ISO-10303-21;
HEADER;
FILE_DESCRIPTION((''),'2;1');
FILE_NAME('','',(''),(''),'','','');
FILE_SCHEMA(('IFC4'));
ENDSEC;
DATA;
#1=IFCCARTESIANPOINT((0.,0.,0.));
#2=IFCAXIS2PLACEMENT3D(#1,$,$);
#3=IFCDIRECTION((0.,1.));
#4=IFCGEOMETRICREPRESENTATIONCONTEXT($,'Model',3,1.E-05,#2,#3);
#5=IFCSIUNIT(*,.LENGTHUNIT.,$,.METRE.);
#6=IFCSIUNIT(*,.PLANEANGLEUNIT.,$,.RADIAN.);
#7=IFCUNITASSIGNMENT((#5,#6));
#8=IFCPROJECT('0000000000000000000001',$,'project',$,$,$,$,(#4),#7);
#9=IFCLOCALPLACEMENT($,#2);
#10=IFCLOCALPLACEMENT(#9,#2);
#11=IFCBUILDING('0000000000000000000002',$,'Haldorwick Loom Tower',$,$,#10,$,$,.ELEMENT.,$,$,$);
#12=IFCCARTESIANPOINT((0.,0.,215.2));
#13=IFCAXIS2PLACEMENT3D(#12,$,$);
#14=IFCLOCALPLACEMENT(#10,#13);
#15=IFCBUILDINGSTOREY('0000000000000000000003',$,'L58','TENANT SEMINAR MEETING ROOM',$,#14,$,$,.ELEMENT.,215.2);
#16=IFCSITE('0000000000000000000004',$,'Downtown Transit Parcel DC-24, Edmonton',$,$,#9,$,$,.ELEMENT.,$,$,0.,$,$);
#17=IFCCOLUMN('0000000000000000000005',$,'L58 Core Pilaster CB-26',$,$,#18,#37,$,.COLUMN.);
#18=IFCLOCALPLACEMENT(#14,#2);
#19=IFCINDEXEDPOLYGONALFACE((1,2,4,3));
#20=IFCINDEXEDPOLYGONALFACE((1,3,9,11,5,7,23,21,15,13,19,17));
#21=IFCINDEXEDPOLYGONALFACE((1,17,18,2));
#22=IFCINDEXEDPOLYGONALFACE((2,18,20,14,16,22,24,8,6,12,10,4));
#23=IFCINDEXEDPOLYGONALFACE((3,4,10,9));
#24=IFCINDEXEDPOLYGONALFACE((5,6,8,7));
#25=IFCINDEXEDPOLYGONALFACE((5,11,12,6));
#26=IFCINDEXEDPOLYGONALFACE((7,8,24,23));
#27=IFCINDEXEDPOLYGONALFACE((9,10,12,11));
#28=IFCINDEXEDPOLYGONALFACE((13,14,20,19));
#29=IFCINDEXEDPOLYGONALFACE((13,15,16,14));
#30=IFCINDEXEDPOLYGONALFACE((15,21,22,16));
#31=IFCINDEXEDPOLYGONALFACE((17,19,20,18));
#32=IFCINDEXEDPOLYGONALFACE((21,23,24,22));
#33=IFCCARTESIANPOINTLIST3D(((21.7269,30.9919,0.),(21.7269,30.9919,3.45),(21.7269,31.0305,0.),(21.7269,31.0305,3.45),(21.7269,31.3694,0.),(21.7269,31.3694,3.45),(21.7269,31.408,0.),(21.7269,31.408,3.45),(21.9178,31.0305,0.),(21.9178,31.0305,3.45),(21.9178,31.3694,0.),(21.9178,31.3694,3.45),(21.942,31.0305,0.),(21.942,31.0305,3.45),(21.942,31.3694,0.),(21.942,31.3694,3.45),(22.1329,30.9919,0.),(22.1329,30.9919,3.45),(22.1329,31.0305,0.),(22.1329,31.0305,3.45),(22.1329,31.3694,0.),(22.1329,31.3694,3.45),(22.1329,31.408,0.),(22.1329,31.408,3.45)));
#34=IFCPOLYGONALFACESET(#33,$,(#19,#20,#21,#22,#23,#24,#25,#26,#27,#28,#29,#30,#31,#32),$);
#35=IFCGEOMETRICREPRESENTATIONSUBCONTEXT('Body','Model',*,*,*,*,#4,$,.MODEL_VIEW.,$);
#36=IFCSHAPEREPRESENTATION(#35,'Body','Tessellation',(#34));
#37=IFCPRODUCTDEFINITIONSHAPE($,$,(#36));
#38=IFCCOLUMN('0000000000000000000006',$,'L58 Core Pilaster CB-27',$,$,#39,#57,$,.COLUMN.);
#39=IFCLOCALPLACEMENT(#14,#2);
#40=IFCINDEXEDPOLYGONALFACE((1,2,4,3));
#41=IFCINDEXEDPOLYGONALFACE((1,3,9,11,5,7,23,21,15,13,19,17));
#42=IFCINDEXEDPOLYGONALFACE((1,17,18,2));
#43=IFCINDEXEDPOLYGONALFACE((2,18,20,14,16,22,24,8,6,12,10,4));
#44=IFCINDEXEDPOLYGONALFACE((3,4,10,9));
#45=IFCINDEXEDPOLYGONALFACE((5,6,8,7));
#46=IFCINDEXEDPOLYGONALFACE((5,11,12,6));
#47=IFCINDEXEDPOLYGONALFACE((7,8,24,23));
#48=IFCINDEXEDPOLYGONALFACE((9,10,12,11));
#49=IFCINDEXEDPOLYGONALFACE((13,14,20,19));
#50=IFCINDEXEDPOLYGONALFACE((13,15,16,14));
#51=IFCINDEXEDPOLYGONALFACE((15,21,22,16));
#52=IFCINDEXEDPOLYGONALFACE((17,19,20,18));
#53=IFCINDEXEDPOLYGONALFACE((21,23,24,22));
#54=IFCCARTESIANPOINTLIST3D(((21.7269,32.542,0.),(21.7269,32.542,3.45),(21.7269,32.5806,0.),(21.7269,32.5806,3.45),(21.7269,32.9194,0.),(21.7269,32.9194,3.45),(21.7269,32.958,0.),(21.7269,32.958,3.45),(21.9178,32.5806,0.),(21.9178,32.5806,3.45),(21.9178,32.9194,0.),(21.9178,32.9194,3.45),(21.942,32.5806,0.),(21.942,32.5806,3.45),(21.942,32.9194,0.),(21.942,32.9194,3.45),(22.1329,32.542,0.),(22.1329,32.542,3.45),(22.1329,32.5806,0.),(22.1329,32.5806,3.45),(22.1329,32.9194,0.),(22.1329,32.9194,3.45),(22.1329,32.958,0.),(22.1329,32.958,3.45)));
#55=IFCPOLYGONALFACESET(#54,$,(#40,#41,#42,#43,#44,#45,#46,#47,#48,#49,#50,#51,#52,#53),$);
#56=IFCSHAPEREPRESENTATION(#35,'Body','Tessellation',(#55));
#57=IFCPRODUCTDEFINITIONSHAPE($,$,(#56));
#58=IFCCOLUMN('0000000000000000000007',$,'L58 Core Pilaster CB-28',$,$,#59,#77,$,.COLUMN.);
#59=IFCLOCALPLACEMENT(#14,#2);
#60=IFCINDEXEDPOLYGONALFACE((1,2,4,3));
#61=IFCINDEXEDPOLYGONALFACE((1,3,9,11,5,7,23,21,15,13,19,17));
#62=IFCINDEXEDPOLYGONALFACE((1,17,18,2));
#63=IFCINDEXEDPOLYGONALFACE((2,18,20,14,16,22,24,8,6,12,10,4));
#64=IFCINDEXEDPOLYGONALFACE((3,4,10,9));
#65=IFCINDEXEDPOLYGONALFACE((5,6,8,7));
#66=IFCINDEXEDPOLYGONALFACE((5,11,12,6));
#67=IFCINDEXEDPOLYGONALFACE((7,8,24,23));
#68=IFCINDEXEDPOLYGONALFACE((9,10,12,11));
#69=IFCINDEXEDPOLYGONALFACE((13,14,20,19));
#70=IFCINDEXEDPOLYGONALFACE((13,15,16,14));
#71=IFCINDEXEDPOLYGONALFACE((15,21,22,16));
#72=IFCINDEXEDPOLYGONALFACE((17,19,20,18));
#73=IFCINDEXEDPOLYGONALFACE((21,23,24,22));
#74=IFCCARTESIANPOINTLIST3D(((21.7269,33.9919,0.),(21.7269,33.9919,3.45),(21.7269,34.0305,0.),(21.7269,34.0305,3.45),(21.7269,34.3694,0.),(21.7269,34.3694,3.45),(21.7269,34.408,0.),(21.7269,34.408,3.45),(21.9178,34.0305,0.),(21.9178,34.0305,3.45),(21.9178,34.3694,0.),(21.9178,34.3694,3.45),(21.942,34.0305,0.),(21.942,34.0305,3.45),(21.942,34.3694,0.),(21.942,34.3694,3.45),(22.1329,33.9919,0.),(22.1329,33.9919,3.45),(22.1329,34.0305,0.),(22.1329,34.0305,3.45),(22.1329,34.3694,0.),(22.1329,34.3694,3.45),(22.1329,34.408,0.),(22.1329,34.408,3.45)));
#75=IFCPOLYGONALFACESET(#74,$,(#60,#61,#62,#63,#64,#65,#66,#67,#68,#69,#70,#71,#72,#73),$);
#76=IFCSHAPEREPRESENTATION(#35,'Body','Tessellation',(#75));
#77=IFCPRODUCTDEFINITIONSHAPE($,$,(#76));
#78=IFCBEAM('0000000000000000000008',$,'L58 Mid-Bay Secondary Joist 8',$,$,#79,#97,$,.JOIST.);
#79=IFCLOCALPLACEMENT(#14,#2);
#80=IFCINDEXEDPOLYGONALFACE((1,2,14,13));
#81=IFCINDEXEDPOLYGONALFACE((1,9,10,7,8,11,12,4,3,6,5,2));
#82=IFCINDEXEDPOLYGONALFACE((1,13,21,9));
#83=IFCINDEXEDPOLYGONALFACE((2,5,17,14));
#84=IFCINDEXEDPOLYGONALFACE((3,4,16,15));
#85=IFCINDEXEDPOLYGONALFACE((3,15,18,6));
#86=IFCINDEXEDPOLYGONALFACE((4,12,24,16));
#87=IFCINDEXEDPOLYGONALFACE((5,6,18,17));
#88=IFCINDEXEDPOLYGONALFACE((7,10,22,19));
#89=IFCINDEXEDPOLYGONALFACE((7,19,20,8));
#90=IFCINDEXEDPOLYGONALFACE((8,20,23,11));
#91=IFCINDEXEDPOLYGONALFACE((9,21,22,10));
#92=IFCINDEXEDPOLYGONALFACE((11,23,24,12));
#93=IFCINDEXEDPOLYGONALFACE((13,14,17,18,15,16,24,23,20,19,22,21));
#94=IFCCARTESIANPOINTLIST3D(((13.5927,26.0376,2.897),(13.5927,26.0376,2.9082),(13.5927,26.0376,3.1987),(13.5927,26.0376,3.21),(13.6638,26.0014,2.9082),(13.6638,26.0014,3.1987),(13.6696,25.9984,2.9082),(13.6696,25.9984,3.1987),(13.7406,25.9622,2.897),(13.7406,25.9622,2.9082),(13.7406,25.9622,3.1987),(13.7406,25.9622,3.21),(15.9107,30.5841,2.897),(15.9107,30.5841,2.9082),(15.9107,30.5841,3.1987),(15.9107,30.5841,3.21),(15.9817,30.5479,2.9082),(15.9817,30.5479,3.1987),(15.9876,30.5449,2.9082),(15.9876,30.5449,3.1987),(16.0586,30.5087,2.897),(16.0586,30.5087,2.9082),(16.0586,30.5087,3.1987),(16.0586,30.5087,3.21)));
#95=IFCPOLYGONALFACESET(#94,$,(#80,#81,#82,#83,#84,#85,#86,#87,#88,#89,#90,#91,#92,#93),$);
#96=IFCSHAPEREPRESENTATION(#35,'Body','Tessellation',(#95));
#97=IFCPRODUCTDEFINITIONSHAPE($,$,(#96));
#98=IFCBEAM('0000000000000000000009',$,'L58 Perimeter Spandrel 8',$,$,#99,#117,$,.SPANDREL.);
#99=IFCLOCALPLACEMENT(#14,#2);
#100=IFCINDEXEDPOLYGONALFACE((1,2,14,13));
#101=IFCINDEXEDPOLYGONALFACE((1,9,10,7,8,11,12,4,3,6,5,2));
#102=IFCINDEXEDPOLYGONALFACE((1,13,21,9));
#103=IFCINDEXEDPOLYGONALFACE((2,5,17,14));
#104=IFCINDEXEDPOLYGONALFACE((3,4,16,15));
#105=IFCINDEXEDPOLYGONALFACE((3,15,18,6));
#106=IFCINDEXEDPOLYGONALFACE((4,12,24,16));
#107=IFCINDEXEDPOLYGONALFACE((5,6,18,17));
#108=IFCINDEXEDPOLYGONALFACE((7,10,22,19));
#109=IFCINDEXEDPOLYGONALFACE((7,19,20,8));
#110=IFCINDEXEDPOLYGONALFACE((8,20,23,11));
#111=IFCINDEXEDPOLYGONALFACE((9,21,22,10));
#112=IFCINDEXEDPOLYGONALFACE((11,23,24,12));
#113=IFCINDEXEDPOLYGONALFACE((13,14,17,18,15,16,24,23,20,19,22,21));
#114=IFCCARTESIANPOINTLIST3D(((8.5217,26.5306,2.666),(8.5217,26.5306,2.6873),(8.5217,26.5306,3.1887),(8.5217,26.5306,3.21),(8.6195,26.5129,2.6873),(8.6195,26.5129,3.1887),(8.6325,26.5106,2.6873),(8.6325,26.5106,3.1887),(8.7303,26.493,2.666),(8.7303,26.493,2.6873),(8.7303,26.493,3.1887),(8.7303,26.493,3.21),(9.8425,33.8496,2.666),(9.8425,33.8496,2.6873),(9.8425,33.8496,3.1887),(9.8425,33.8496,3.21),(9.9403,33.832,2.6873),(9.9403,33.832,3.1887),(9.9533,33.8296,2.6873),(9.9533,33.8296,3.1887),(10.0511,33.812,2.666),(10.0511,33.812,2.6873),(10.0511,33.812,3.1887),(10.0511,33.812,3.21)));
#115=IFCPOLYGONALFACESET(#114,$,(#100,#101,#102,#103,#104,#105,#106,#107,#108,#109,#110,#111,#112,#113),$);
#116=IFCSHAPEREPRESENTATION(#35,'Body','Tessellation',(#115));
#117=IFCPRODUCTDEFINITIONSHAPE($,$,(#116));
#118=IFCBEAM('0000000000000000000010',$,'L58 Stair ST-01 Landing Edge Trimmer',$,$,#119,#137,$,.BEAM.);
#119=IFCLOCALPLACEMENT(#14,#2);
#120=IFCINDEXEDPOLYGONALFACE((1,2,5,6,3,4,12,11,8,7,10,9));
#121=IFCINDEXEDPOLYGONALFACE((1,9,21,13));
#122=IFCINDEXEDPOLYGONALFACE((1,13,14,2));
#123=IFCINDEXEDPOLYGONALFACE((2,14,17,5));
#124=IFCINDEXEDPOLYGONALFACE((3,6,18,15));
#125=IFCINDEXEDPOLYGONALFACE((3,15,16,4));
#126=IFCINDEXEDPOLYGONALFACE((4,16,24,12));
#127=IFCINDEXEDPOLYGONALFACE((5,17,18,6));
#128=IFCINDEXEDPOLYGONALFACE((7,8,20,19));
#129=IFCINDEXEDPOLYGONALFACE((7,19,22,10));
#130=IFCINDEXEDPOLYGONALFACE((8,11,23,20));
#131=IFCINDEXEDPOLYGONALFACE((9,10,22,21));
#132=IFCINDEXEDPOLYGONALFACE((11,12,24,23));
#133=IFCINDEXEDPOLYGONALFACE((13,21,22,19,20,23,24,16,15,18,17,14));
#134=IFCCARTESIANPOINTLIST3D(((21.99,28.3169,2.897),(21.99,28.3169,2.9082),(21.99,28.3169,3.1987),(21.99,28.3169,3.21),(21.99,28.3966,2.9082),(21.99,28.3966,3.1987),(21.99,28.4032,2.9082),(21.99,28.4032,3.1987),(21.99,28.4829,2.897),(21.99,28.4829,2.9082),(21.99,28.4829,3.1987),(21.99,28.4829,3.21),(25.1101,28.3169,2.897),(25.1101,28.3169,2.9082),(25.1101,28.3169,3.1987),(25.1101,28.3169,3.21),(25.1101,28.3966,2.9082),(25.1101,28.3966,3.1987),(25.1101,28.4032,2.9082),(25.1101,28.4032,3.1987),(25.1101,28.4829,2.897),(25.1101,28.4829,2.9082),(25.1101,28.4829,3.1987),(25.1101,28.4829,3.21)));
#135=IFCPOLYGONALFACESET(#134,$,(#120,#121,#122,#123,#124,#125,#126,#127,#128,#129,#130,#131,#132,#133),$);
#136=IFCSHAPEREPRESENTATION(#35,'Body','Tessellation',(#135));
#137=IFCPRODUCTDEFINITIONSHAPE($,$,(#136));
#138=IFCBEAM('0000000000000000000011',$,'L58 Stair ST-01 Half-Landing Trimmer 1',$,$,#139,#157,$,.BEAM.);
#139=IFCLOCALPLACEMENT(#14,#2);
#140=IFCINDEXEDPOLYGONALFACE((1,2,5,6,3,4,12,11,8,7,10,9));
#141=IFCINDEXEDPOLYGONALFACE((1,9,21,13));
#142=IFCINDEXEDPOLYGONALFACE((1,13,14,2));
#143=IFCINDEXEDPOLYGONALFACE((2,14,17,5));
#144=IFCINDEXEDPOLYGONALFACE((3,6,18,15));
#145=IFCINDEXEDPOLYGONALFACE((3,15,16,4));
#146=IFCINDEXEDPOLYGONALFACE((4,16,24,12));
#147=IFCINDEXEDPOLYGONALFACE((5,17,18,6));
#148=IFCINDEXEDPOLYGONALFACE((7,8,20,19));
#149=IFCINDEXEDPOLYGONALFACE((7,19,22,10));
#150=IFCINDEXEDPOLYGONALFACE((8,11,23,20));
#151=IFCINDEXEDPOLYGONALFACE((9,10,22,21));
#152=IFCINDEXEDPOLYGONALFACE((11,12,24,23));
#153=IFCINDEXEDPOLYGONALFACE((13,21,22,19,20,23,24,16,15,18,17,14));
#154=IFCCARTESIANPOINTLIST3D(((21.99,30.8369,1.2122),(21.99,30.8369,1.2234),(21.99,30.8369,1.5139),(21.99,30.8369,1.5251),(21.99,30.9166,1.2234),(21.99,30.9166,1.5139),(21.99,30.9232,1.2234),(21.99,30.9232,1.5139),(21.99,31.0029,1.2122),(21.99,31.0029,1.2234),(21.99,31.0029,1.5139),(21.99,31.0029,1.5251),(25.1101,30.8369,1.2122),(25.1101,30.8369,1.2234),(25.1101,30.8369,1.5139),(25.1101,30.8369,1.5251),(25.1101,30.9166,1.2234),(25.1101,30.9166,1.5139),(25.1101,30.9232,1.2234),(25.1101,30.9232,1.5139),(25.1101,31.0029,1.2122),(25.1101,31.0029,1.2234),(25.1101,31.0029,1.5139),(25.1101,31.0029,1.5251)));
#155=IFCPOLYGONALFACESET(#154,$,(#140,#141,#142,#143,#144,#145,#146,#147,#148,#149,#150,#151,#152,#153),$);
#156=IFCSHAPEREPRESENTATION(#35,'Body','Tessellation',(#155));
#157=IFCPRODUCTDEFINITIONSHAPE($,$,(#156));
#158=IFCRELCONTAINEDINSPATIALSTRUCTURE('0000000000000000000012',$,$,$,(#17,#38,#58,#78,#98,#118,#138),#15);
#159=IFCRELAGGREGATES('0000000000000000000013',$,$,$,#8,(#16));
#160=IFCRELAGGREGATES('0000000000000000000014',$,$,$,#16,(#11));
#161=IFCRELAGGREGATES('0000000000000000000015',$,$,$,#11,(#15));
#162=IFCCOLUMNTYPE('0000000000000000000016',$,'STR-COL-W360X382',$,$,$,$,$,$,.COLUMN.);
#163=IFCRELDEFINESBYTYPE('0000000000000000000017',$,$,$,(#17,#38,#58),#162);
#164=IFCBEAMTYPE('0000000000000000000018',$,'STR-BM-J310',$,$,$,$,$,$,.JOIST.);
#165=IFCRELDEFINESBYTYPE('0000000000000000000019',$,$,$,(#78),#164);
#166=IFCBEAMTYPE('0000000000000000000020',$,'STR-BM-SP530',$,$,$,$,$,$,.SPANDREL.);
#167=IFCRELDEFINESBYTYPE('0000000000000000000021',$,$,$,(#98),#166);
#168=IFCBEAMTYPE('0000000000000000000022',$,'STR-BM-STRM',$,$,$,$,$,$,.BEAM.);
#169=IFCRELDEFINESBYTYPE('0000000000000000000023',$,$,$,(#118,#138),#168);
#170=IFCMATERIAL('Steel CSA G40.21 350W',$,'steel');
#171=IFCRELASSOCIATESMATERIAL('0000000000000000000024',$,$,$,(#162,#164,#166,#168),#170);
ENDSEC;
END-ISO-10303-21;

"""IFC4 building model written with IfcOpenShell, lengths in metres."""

from ifc_helpers import new_model, si_unit, direction, frame, origin, origin_2d, place, context, subcontext, project, spatial, i_section, extrude, material, material_profile, profile_set, type_object, element, save


model = new_model("IFC4")

# Units and contexts
model_context = context("Model", 3, precision=1e-05, world=origin(), true_north=direction((0.0, 1.0)))
body_context = subcontext(model_context, "Body", "Model", "MODEL_VIEW")
ifc_project = project(units=[si_unit("LENGTHUNIT", "METRE"), si_unit("PLANEANGLEUNIT", "RADIAN")], contexts=[model_context])

# Site, building, storey
site_placement = place(None, origin())
site = spatial("IfcSite", under=ifc_project, at=site_placement, Name="Downtown Transit Parcel DC-24, Edmonton", CompositionType="ELEMENT", RefElevation=0.0)
building_placement = place(site_placement, origin())
building = spatial("IfcBuilding", under=site, at=building_placement, Name="Haldorwick Loom Tower", CompositionType="ELEMENT")
storey_placement = place(building_placement, frame((0.0, 0.0, 215.2)))
storey = spatial("IfcBuildingStorey", under=building, at=storey_placement, Name="L58", Description="TENANT SEMINAR MEETING ROOM", CompositionType="ELEMENT", Elevation=215.2)

# Columns
ifc_material_1 = material(Name="Steel CSA G40.21 350W", Category="steel")
ifc_material_profile_1 = material_profile(ifc_material_1, i_section(OverallWidth=0.406, OverallDepth=0.416, WebThickness=0.0242, FlangeThickness=0.0386, at=origin_2d()), Name="W360X382", Category="steel")
ifc_profile_set_1 = profile_set([ifc_material_profile_1], Name="Steel CSA G40.21 350W")
column_type = type_object("IfcColumnType", Name="STR-COL-W360X382", PredefinedType="COLUMN", material=ifc_profile_set_1)
for number, where, z_axis, x_axis, name in (
    (1, (21.9299, 31.2, 0.0), (0.0, 0.0, 1.0), (1.0, 0.0, 0.0), "L58 Core Pilaster CB-26"),
    (2, (21.9299, 32.75, 0.0), (0.0, 0.0, 1.0), (1.0, 0.0, 0.0), "L58 Core Pilaster CB-27"),
    (3, (21.9299, 34.2, 0.0), (0.0, 0.0, 1.0), (1.0, 0.0, 0.0), "L58 Core Pilaster CB-28"),
):
    element("IfcColumn", number, at=place(storey_placement, frame(where, z_axis=z_axis, x_axis=x_axis)), inside=storey, type_object=column_type, Name=name, PredefinedType="COLUMN", context=body_context, shape_type="SweptSolid", body=[
        extrude(i_section(OverallWidth=0.406, OverallDepth=0.416, WebThickness=0.0242, FlangeThickness=0.0386, at=origin_2d()), origin(), (0.0, 0.0, 1.0), 3.45),
    ])

# Beams
ifc_material_profile_2 = material_profile(ifc_material_1, i_section(OverallWidth=0.166, OverallDepth=0.313, WebThickness=0.0066, FlangeThickness=0.0112, at=origin_2d()), Name="W310X45", Category="steel")
ifc_profile_set_2 = profile_set([ifc_material_profile_2], Name="Steel CSA G40.21 350W")
beam_type_1 = type_object("IfcBeamType", Name="STR-BM-J310", PredefinedType="JOIST", material=ifc_profile_set_2)
beam_1_placement = place(storey_placement, frame((15.9846, 30.5464, 3.0535), z_axis=(-0.454204, -0.890898, 0.0), x_axis=(0.890898, -0.454204, 0.0)))
element("IfcBeam", 4, at=beam_1_placement, inside=storey, type_object=beam_type_1, Name="L58 Mid-Bay Secondary Joist 8", PredefinedType="JOIST", context=body_context, shape_type="SweptSolid", body=[
    extrude(i_section(OverallWidth=0.166, OverallDepth=0.313, WebThickness=0.0066, FlangeThickness=0.0112, at=origin_2d()), origin(), (0.0, 0.0, 1.0), 5.1033),
])
ifc_material_profile_3 = material_profile(ifc_material_1, i_section(OverallWidth=0.2119, OverallDepth=0.5439, WebThickness=0.0132, FlangeThickness=0.0212, at=origin_2d()), Name="W530X123", Category="steel")
ifc_profile_set_3 = profile_set([ifc_material_profile_3], Name="Steel CSA G40.21 350W")
beam_type_2 = type_object("IfcBeamType", Name="STR-BM-SP530", PredefinedType="SPANDREL", material=ifc_profile_set_3)
beam_2_placement = place(storey_placement, frame((9.9468, 33.8308, 2.938), z_axis=(-0.177591, -0.984104, 0.0), x_axis=(0.984104, -0.177591, 0.0)))
element("IfcBeam", 5, at=beam_2_placement, inside=storey, type_object=beam_type_2, Name="L58 Perimeter Spandrel 8", PredefinedType="SPANDREL", context=body_context, shape_type="SweptSolid", body=[
    extrude(i_section(OverallWidth=0.2119, OverallDepth=0.5439, WebThickness=0.0132, FlangeThickness=0.0212, at=origin_2d()), origin(), (0.0, 0.0, 1.0), 7.4373),
])
ifc_material_profile_4 = material_profile(ifc_material_1, i_section(OverallWidth=0.166, OverallDepth=0.313, WebThickness=0.0066, FlangeThickness=0.0112, at=origin_2d()), Name="W310X45", Category="steel")
ifc_profile_set_4 = profile_set([ifc_material_profile_4], Name="Steel CSA G40.21 350W")
beam_type_3 = type_object("IfcBeamType", Name="STR-BM-STRM", PredefinedType="BEAM", material=ifc_profile_set_4)
for number, where, z_axis, x_axis, name in (
    (6, (21.99, 28.3999, 3.0535), (1.0, 0.0, 0.0), (0.0, 1.0, 0.0), "L58 Stair ST-01 Landing Edge Trimmer"),
    (7, (21.99, 30.9199, 1.3687), (1.0, 0.0, 0.0), (0.0, 1.0, 0.0), "L58 Stair ST-01 Half-Landing Trimmer 1"),
):
    element("IfcBeam", number, at=place(storey_placement, frame(where, z_axis=z_axis, x_axis=x_axis)), inside=storey, type_object=beam_type_3, Name=name, PredefinedType="BEAM", context=body_context, shape_type="SweptSolid", body=[
        extrude(i_section(OverallWidth=0.166, OverallDepth=0.313, WebThickness=0.0066, FlangeThickness=0.0112, at=origin_2d()), origin(), (0.0, 0.0, 1.0), 3.1201),
    ])

save(model, "model.ifc")
